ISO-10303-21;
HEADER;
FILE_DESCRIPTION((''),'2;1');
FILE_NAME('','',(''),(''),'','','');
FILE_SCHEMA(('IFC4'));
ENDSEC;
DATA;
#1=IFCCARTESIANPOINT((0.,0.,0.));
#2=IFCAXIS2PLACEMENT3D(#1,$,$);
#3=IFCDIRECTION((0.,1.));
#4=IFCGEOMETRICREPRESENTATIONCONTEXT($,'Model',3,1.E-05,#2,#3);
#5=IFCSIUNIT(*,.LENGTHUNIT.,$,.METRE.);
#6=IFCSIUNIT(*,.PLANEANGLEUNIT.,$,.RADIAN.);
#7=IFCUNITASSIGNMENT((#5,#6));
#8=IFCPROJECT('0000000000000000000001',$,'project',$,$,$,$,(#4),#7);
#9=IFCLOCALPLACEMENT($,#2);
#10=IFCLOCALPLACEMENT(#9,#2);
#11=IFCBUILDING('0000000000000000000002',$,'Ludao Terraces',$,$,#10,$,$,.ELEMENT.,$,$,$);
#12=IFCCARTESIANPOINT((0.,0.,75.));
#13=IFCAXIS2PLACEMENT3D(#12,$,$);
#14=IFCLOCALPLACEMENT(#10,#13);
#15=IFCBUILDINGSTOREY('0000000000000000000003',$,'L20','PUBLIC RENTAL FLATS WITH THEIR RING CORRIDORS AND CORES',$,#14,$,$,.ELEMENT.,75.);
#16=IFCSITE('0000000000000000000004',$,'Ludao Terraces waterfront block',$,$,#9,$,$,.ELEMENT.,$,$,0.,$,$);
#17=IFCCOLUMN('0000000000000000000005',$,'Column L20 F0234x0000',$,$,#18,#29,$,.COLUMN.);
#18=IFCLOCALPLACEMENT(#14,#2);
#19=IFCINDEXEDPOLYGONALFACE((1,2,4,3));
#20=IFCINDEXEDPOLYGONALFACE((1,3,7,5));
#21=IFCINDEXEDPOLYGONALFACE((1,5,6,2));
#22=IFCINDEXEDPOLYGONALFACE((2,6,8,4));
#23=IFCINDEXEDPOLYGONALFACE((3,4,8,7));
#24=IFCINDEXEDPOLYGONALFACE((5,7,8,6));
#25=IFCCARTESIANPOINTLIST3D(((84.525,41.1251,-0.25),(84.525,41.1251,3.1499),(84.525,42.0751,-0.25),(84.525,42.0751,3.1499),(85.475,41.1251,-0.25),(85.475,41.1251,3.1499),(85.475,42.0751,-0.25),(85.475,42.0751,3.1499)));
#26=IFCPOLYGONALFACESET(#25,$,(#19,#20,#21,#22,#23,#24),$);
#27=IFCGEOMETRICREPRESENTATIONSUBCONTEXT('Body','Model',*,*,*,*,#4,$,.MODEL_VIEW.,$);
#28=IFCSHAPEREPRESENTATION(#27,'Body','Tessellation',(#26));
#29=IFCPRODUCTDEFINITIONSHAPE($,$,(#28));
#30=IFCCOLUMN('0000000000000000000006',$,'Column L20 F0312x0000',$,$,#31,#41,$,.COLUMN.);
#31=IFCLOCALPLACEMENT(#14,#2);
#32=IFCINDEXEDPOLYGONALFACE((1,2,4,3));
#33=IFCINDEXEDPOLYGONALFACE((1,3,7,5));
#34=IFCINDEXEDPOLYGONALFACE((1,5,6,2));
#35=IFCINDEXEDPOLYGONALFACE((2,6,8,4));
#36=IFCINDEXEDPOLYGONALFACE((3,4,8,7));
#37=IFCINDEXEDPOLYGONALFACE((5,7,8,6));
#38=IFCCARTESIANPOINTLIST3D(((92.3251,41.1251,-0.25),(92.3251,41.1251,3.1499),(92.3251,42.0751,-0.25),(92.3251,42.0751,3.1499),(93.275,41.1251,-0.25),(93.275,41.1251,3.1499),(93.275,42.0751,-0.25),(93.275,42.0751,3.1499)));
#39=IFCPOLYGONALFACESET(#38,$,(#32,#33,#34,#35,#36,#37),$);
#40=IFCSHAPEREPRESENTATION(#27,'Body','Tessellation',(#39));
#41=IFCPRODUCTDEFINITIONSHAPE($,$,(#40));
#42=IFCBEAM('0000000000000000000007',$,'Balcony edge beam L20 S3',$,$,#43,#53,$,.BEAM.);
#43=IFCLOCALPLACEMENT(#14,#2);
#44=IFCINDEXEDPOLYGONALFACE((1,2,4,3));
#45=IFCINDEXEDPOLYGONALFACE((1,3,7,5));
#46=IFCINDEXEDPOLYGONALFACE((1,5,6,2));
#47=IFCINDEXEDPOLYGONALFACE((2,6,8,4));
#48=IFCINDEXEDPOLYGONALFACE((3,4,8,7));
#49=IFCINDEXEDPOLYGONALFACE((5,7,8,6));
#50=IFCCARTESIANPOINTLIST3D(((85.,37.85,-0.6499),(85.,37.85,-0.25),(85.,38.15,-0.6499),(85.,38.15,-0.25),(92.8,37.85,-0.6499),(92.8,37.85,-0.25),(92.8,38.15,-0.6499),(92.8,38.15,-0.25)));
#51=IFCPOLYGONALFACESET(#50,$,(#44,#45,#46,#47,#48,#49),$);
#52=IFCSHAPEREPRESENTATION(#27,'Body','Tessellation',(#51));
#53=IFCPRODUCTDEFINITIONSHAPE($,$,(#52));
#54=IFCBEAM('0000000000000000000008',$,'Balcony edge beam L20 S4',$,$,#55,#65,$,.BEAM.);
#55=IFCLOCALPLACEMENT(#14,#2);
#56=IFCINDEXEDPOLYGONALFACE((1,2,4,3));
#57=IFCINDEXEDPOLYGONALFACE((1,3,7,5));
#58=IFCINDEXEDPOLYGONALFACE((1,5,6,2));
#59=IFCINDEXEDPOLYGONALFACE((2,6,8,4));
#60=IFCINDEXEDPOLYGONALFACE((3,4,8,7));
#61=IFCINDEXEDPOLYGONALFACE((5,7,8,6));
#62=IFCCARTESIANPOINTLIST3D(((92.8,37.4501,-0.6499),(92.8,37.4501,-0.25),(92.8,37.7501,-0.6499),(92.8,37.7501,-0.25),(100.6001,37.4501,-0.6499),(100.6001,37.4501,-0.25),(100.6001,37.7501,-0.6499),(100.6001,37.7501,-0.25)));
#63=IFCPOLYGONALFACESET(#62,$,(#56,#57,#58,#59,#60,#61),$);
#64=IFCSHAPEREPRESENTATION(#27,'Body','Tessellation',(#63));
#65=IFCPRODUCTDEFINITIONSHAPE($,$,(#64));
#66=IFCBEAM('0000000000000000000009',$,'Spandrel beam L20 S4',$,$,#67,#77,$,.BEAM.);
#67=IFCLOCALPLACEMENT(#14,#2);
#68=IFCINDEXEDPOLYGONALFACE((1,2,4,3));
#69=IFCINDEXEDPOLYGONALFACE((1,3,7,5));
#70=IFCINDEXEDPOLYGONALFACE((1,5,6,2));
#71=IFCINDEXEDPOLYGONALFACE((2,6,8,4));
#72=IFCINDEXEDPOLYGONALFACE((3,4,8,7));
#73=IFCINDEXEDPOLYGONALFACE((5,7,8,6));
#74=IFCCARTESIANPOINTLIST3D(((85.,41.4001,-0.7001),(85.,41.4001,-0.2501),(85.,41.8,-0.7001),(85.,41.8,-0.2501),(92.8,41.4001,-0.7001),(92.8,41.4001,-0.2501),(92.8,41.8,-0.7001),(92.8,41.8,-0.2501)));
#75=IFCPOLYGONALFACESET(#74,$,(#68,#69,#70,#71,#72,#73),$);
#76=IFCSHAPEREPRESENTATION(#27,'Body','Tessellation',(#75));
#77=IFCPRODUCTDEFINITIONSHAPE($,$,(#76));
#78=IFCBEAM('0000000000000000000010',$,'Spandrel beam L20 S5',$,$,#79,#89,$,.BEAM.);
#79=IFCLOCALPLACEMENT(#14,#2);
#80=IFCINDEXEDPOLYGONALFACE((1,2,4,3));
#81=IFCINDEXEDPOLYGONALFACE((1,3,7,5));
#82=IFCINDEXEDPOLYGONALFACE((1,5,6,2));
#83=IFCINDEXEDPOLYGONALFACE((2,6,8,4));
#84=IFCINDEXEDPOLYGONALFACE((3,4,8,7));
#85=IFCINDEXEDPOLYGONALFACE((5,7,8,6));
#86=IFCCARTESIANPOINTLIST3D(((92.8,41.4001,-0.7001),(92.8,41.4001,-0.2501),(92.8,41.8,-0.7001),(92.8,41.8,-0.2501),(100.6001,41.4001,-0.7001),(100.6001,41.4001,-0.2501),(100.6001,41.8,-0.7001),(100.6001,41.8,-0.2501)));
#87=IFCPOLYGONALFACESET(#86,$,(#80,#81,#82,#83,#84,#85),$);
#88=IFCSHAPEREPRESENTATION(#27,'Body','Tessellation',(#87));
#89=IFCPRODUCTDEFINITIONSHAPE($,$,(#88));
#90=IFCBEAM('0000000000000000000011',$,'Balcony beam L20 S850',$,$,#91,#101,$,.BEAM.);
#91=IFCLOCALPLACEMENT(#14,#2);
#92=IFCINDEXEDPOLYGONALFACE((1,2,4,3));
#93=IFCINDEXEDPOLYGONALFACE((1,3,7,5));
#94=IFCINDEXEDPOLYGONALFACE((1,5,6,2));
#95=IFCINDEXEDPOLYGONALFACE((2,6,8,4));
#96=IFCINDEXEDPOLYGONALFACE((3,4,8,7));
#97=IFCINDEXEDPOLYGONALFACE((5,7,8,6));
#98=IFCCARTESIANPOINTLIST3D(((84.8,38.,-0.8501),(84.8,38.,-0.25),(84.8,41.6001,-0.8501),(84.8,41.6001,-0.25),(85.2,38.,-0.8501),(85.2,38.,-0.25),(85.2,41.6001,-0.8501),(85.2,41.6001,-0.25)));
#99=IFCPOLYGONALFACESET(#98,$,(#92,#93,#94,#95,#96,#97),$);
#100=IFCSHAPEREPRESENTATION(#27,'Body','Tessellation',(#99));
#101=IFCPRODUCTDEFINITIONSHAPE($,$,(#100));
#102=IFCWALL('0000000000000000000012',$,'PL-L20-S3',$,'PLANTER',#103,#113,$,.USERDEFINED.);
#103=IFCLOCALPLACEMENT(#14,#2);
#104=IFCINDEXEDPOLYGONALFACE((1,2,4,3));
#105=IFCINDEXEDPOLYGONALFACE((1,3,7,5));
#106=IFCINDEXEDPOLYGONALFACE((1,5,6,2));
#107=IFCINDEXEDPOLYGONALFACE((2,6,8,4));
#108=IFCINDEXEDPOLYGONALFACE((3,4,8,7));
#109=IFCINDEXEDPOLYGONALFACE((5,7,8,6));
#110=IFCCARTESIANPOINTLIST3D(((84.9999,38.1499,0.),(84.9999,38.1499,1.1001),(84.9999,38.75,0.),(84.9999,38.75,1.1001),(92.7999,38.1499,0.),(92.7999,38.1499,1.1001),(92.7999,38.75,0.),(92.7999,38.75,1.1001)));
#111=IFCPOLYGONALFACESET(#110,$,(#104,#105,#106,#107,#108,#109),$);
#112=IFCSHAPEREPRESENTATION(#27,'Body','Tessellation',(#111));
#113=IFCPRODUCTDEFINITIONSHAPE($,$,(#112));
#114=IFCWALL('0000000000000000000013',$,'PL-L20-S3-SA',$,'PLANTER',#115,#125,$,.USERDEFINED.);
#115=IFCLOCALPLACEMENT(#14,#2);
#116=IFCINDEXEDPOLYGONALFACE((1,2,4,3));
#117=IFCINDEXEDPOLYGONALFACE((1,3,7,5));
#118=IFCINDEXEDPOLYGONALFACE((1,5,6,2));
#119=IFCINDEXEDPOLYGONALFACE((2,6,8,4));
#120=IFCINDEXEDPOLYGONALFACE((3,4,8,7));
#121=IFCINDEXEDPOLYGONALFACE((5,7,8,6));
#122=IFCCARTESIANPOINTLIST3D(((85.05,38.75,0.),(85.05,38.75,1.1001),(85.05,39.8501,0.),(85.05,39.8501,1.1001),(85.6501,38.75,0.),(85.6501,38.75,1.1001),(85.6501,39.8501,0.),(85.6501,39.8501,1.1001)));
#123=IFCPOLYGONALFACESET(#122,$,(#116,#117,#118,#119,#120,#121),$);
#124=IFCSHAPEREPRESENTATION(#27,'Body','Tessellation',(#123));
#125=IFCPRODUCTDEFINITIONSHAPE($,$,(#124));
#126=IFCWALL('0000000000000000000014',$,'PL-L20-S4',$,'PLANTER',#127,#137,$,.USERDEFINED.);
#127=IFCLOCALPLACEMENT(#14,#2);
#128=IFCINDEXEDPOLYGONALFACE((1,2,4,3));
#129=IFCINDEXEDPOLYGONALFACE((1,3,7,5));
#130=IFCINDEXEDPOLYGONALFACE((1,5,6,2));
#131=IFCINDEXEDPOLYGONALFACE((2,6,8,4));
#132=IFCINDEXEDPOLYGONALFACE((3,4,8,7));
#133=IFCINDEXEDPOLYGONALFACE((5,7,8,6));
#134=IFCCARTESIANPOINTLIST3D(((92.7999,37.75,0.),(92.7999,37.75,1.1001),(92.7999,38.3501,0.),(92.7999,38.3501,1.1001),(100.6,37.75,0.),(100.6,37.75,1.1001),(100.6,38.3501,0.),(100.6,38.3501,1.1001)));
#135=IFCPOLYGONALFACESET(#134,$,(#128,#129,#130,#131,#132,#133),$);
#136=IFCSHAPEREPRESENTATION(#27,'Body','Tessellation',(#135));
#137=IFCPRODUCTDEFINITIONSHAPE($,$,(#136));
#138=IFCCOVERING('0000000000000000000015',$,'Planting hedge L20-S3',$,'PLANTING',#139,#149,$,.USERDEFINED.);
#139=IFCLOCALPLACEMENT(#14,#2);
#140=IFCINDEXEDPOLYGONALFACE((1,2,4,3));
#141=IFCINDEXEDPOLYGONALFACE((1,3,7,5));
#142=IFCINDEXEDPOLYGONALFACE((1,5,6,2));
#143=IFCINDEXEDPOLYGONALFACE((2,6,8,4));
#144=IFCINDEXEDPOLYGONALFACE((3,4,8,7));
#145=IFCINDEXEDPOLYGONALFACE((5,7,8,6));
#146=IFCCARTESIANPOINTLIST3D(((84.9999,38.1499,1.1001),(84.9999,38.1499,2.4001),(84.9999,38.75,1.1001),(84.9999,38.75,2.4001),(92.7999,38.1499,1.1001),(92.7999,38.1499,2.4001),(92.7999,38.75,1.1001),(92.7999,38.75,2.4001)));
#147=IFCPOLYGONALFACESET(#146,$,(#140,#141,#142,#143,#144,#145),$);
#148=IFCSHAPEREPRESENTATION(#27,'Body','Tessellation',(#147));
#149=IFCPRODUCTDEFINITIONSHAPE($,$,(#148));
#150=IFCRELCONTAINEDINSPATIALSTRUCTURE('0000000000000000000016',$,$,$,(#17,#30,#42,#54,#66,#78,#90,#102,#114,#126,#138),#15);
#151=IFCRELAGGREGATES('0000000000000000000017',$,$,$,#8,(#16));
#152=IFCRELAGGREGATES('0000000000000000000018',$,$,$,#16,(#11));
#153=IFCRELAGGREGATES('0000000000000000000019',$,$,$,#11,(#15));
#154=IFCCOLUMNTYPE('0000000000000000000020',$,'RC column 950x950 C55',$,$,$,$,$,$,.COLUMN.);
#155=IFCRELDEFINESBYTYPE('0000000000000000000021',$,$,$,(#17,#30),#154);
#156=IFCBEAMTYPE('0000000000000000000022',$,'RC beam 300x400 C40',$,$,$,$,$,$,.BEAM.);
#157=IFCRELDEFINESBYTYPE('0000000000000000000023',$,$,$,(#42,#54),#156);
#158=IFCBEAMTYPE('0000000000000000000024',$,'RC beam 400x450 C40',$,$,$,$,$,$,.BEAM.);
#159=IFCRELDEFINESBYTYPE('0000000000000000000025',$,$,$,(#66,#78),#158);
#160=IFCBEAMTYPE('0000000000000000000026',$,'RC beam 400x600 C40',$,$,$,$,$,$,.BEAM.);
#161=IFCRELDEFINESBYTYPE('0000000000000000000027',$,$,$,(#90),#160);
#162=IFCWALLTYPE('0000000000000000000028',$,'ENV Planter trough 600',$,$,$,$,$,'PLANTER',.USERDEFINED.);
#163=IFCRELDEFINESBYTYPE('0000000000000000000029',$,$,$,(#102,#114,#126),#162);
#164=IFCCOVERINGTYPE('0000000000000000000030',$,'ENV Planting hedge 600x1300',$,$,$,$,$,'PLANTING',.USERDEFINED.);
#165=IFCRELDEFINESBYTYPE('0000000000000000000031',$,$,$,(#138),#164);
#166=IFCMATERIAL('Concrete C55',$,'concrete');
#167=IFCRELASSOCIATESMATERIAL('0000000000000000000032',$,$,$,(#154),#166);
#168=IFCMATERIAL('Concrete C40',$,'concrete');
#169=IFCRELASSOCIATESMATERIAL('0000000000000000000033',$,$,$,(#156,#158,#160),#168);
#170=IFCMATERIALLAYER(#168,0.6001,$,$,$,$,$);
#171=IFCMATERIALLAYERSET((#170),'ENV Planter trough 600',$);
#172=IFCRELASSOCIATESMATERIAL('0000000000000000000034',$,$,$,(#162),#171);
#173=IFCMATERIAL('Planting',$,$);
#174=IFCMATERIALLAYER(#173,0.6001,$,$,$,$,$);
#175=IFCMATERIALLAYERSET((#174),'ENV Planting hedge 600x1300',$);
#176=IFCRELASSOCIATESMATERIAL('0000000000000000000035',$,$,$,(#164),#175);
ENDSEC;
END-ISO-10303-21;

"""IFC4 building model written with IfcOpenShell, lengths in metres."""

from ifc_helpers import new_model, si_unit, direction, frame, frame_2d, origin, origin_2d, place, context, subcontext, project, spatial, rectangle, extrude, material, layer, layer_set, material_profile, profile_set, type_object, element, save


model = new_model("IFC4")

# Units and contexts
model_context = context("Model", 3, precision=1e-05, world=origin(), true_north=direction((0.0, 1.0)))
body_context = subcontext(model_context, "Body", "Model", "MODEL_VIEW")
ifc_project = project(units=[si_unit("LENGTHUNIT", "METRE"), si_unit("PLANEANGLEUNIT", "RADIAN")], contexts=[model_context])

# Site, building, storey
site_placement = place(None, origin())
site = spatial("IfcSite", under=ifc_project, at=site_placement, Name="Ludao Terraces waterfront block", CompositionType="ELEMENT", RefElevation=0.0)
building_placement = place(site_placement, origin())
building = spatial("IfcBuilding", under=site, at=building_placement, Name="Ludao Terraces", CompositionType="ELEMENT")
storey_placement = place(building_placement, frame((0.0, 0.0, 75.0)))
storey = spatial("IfcBuildingStorey", under=building, at=storey_placement, Name="L20", Description="PUBLIC RENTAL FLATS WITH THEIR RING CORRIDORS AND CORES", CompositionType="ELEMENT", Elevation=75.0)

# Columns
ifc_material_1 = material(Name="Concrete C55", Category="concrete")
ifc_material_profile_1 = material_profile(ifc_material_1, rectangle(XDim=0.95, YDim=0.95, at=origin_2d()), Name="950 X 950")
ifc_profile_set_1 = profile_set([ifc_material_profile_1], Name="Concrete C55")
column_type = type_object("IfcColumnType", Name="RC column 950x950 C55", PredefinedType="COLUMN", material=ifc_profile_set_1)
for number, where, z_axis, x_axis, name in (
    (1, (85.0, 41.6001, -0.25), (0.0, 0.0, 1.0), (1.0, 0.0, 0.0), "Column L20 F0234x0000"),
    (2, (92.8, 41.6001, -0.25), (0.0, 0.0, 1.0), (1.0, 0.0, 0.0), "Column L20 F0312x0000"),
):
    element("IfcColumn", number, at=place(storey_placement, frame(where, z_axis=z_axis, x_axis=x_axis)), inside=storey, type_object=column_type, Name=name, PredefinedType="COLUMN", context=body_context, shape_type="SweptSolid", body=[
        extrude(rectangle(XDim=0.95, YDim=0.95, at=origin_2d()), origin(), (0.0, 0.0, 1.0), 3.3999),
    ])

# Beams
ifc_material_2 = material(Name="Concrete C40", Category="concrete")
ifc_material_profile_2 = material_profile(ifc_material_2, rectangle(XDim=0.3, YDim=0.3999, at=origin_2d()), Name="300 X 400")
ifc_profile_set_2 = profile_set([ifc_material_profile_2], Name="Concrete C40")
beam_type_1 = type_object("IfcBeamType", Name="RC beam 300x400 C40", PredefinedType="BEAM", material=ifc_profile_set_2)
for number, where, z_axis, x_axis, name in (
    (3, (85.0, 38.0, -0.45), (1.0, 0.0, 0.0), (0.0, 1.0, 0.0), "Balcony edge beam L20 S3"),
    (4, (92.8, 37.6001, -0.45), (1.0, 0.0, 0.0), (0.0, 1.0, 0.0), "Balcony edge beam L20 S4"),
):
    element("IfcBeam", number, at=place(storey_placement, frame(where, z_axis=z_axis, x_axis=x_axis)), inside=storey, type_object=beam_type_1, Name=name, PredefinedType="BEAM", context=body_context, shape_type="SweptSolid", body=[
        extrude(rectangle(XDim=0.3, YDim=0.3999, at=origin_2d()), origin(), (0.0, 0.0, 1.0), 7.8),
    ])
ifc_material_profile_3 = material_profile(ifc_material_2, rectangle(XDim=0.3999, YDim=0.45, at=origin_2d()), Name="400 X 450")
ifc_profile_set_3 = profile_set([ifc_material_profile_3], Name="Concrete C40")
beam_type_2 = type_object("IfcBeamType", Name="RC beam 400x450 C40", PredefinedType="BEAM", material=ifc_profile_set_3)
for number, where, z_axis, x_axis, name in (
    (5, (85.0, 41.6001, -0.4751), (1.0, 0.0, 0.0), (0.0, 1.0, 0.0), "Spandrel beam L20 S4"),
    (6, (92.8, 41.6001, -0.4751), (1.0, 0.0, 0.0), (0.0, 1.0, 0.0), "Spandrel beam L20 S5"),
):
    element("IfcBeam", number, at=place(storey_placement, frame(where, z_axis=z_axis, x_axis=x_axis)), inside=storey, type_object=beam_type_2, Name=name, PredefinedType="BEAM", context=body_context, shape_type="SweptSolid", body=[
        extrude(rectangle(XDim=0.3999, YDim=0.45, at=origin_2d()), origin(), (0.0, 0.0, 1.0), 7.8),
    ])
ifc_material_profile_4 = material_profile(ifc_material_2, rectangle(XDim=0.3999, YDim=0.6001, at=origin_2d()), Name="400 X 600")
ifc_profile_set_4 = profile_set([ifc_material_profile_4], Name="Concrete C40")
beam_type_3 = type_object("IfcBeamType", Name="RC beam 400x600 C40", PredefinedType="BEAM", material=ifc_profile_set_4)
beam_placement = place(storey_placement, frame((85.0, 41.6001, -0.55), z_axis=(0.0, -1.0, 0.0), x_axis=(1.0, 0.0, 0.0)))
element("IfcBeam", 7, at=beam_placement, inside=storey, type_object=beam_type_3, Name="Balcony beam L20 S850", PredefinedType="BEAM", context=body_context, shape_type="SweptSolid", body=[
    extrude(rectangle(XDim=0.3999, YDim=0.6001, at=origin_2d()), origin(), (0.0, 0.0, 1.0), 3.6001),
])

# Walls
ifc_layer_1 = layer(ifc_material_2, 0.6001)
ifc_layer_set_1 = layer_set([ifc_layer_1], Name="ENV Planter trough 600")
wall_type = type_object("IfcWallType", Name="ENV Planter trough 600", ElementType="PLANTER", PredefinedType="USERDEFINED", material=ifc_layer_set_1)
wall_1_placement = place(storey_placement, frame((85.0, 38.45, 0.0), z_axis=(0.0, 0.0, 1.0), x_axis=(1.0, 0.0, 0.0)))
element("IfcWall", 8, at=wall_1_placement, inside=storey, type_object=wall_type, Name="PL-L20-S3", ObjectType="PLANTER", PredefinedType="USERDEFINED", context=body_context, shape_type="SweptSolid", body=[
    extrude(rectangle(XDim=7.8, YDim=0.6001, at=frame_2d((3.8999, 0.0))), origin(), (0.0, 0.0, 1.0), 1.1001),
])
wall_2_placement = place(storey_placement, frame((85.3501, 38.75, 0.0), z_axis=(0.0, 0.0, 1.0), x_axis=(0.0, 1.0, 0.0)))
element("IfcWall", 9, at=wall_2_placement, inside=storey, type_object=wall_type, Name="PL-L20-S3-SA", ObjectType="PLANTER", PredefinedType="USERDEFINED", context=body_context, shape_type="SweptSolid", body=[
    extrude(rectangle(XDim=1.1001, YDim=0.6001, at=frame_2d((0.55, 0.0))), origin(), (0.0, 0.0, 1.0), 1.1001),
])
wall_3_placement = place(storey_placement, frame((92.8, 38.05, 0.0), z_axis=(0.0, 0.0, 1.0), x_axis=(1.0, 0.0, 0.0)))
element("IfcWall", 10, at=wall_3_placement, inside=storey, type_object=wall_type, Name="PL-L20-S4", ObjectType="PLANTER", PredefinedType="USERDEFINED", context=body_context, shape_type="SweptSolid", body=[
    extrude(rectangle(XDim=7.8, YDim=0.6001, at=frame_2d((3.8999, 0.0))), origin(), (0.0, 0.0, 1.0), 1.1001),
])

# Covering
ifc_material_3 = material(Name="Planting")
ifc_layer_2 = layer(ifc_material_3, 0.6001)
ifc_layer_set_2 = layer_set([ifc_layer_2], Name="ENV Planting hedge 600x1300")
covering_type = type_object("IfcCoveringType", Name="ENV Planting hedge 600x1300", ElementType="PLANTING", PredefinedType="USERDEFINED", material=ifc_layer_set_2)
covering_placement = place(storey_placement, frame((88.8999, 38.45, 1.1001), z_axis=(0.0, 0.0, 1.0), x_axis=(1.0, 0.0, 0.0)))
element("IfcCovering", 11, at=covering_placement, inside=storey, type_object=covering_type, Name="Planting hedge L20-S3", ObjectType="PLANTING", PredefinedType="USERDEFINED", context=body_context, shape_type="SweptSolid", body=[
    extrude(rectangle(XDim=7.8, YDim=0.6001, at=origin_2d()), origin(), (0.0, 0.0, 1.0), 1.3),
])

save(model, "model.ifc")
